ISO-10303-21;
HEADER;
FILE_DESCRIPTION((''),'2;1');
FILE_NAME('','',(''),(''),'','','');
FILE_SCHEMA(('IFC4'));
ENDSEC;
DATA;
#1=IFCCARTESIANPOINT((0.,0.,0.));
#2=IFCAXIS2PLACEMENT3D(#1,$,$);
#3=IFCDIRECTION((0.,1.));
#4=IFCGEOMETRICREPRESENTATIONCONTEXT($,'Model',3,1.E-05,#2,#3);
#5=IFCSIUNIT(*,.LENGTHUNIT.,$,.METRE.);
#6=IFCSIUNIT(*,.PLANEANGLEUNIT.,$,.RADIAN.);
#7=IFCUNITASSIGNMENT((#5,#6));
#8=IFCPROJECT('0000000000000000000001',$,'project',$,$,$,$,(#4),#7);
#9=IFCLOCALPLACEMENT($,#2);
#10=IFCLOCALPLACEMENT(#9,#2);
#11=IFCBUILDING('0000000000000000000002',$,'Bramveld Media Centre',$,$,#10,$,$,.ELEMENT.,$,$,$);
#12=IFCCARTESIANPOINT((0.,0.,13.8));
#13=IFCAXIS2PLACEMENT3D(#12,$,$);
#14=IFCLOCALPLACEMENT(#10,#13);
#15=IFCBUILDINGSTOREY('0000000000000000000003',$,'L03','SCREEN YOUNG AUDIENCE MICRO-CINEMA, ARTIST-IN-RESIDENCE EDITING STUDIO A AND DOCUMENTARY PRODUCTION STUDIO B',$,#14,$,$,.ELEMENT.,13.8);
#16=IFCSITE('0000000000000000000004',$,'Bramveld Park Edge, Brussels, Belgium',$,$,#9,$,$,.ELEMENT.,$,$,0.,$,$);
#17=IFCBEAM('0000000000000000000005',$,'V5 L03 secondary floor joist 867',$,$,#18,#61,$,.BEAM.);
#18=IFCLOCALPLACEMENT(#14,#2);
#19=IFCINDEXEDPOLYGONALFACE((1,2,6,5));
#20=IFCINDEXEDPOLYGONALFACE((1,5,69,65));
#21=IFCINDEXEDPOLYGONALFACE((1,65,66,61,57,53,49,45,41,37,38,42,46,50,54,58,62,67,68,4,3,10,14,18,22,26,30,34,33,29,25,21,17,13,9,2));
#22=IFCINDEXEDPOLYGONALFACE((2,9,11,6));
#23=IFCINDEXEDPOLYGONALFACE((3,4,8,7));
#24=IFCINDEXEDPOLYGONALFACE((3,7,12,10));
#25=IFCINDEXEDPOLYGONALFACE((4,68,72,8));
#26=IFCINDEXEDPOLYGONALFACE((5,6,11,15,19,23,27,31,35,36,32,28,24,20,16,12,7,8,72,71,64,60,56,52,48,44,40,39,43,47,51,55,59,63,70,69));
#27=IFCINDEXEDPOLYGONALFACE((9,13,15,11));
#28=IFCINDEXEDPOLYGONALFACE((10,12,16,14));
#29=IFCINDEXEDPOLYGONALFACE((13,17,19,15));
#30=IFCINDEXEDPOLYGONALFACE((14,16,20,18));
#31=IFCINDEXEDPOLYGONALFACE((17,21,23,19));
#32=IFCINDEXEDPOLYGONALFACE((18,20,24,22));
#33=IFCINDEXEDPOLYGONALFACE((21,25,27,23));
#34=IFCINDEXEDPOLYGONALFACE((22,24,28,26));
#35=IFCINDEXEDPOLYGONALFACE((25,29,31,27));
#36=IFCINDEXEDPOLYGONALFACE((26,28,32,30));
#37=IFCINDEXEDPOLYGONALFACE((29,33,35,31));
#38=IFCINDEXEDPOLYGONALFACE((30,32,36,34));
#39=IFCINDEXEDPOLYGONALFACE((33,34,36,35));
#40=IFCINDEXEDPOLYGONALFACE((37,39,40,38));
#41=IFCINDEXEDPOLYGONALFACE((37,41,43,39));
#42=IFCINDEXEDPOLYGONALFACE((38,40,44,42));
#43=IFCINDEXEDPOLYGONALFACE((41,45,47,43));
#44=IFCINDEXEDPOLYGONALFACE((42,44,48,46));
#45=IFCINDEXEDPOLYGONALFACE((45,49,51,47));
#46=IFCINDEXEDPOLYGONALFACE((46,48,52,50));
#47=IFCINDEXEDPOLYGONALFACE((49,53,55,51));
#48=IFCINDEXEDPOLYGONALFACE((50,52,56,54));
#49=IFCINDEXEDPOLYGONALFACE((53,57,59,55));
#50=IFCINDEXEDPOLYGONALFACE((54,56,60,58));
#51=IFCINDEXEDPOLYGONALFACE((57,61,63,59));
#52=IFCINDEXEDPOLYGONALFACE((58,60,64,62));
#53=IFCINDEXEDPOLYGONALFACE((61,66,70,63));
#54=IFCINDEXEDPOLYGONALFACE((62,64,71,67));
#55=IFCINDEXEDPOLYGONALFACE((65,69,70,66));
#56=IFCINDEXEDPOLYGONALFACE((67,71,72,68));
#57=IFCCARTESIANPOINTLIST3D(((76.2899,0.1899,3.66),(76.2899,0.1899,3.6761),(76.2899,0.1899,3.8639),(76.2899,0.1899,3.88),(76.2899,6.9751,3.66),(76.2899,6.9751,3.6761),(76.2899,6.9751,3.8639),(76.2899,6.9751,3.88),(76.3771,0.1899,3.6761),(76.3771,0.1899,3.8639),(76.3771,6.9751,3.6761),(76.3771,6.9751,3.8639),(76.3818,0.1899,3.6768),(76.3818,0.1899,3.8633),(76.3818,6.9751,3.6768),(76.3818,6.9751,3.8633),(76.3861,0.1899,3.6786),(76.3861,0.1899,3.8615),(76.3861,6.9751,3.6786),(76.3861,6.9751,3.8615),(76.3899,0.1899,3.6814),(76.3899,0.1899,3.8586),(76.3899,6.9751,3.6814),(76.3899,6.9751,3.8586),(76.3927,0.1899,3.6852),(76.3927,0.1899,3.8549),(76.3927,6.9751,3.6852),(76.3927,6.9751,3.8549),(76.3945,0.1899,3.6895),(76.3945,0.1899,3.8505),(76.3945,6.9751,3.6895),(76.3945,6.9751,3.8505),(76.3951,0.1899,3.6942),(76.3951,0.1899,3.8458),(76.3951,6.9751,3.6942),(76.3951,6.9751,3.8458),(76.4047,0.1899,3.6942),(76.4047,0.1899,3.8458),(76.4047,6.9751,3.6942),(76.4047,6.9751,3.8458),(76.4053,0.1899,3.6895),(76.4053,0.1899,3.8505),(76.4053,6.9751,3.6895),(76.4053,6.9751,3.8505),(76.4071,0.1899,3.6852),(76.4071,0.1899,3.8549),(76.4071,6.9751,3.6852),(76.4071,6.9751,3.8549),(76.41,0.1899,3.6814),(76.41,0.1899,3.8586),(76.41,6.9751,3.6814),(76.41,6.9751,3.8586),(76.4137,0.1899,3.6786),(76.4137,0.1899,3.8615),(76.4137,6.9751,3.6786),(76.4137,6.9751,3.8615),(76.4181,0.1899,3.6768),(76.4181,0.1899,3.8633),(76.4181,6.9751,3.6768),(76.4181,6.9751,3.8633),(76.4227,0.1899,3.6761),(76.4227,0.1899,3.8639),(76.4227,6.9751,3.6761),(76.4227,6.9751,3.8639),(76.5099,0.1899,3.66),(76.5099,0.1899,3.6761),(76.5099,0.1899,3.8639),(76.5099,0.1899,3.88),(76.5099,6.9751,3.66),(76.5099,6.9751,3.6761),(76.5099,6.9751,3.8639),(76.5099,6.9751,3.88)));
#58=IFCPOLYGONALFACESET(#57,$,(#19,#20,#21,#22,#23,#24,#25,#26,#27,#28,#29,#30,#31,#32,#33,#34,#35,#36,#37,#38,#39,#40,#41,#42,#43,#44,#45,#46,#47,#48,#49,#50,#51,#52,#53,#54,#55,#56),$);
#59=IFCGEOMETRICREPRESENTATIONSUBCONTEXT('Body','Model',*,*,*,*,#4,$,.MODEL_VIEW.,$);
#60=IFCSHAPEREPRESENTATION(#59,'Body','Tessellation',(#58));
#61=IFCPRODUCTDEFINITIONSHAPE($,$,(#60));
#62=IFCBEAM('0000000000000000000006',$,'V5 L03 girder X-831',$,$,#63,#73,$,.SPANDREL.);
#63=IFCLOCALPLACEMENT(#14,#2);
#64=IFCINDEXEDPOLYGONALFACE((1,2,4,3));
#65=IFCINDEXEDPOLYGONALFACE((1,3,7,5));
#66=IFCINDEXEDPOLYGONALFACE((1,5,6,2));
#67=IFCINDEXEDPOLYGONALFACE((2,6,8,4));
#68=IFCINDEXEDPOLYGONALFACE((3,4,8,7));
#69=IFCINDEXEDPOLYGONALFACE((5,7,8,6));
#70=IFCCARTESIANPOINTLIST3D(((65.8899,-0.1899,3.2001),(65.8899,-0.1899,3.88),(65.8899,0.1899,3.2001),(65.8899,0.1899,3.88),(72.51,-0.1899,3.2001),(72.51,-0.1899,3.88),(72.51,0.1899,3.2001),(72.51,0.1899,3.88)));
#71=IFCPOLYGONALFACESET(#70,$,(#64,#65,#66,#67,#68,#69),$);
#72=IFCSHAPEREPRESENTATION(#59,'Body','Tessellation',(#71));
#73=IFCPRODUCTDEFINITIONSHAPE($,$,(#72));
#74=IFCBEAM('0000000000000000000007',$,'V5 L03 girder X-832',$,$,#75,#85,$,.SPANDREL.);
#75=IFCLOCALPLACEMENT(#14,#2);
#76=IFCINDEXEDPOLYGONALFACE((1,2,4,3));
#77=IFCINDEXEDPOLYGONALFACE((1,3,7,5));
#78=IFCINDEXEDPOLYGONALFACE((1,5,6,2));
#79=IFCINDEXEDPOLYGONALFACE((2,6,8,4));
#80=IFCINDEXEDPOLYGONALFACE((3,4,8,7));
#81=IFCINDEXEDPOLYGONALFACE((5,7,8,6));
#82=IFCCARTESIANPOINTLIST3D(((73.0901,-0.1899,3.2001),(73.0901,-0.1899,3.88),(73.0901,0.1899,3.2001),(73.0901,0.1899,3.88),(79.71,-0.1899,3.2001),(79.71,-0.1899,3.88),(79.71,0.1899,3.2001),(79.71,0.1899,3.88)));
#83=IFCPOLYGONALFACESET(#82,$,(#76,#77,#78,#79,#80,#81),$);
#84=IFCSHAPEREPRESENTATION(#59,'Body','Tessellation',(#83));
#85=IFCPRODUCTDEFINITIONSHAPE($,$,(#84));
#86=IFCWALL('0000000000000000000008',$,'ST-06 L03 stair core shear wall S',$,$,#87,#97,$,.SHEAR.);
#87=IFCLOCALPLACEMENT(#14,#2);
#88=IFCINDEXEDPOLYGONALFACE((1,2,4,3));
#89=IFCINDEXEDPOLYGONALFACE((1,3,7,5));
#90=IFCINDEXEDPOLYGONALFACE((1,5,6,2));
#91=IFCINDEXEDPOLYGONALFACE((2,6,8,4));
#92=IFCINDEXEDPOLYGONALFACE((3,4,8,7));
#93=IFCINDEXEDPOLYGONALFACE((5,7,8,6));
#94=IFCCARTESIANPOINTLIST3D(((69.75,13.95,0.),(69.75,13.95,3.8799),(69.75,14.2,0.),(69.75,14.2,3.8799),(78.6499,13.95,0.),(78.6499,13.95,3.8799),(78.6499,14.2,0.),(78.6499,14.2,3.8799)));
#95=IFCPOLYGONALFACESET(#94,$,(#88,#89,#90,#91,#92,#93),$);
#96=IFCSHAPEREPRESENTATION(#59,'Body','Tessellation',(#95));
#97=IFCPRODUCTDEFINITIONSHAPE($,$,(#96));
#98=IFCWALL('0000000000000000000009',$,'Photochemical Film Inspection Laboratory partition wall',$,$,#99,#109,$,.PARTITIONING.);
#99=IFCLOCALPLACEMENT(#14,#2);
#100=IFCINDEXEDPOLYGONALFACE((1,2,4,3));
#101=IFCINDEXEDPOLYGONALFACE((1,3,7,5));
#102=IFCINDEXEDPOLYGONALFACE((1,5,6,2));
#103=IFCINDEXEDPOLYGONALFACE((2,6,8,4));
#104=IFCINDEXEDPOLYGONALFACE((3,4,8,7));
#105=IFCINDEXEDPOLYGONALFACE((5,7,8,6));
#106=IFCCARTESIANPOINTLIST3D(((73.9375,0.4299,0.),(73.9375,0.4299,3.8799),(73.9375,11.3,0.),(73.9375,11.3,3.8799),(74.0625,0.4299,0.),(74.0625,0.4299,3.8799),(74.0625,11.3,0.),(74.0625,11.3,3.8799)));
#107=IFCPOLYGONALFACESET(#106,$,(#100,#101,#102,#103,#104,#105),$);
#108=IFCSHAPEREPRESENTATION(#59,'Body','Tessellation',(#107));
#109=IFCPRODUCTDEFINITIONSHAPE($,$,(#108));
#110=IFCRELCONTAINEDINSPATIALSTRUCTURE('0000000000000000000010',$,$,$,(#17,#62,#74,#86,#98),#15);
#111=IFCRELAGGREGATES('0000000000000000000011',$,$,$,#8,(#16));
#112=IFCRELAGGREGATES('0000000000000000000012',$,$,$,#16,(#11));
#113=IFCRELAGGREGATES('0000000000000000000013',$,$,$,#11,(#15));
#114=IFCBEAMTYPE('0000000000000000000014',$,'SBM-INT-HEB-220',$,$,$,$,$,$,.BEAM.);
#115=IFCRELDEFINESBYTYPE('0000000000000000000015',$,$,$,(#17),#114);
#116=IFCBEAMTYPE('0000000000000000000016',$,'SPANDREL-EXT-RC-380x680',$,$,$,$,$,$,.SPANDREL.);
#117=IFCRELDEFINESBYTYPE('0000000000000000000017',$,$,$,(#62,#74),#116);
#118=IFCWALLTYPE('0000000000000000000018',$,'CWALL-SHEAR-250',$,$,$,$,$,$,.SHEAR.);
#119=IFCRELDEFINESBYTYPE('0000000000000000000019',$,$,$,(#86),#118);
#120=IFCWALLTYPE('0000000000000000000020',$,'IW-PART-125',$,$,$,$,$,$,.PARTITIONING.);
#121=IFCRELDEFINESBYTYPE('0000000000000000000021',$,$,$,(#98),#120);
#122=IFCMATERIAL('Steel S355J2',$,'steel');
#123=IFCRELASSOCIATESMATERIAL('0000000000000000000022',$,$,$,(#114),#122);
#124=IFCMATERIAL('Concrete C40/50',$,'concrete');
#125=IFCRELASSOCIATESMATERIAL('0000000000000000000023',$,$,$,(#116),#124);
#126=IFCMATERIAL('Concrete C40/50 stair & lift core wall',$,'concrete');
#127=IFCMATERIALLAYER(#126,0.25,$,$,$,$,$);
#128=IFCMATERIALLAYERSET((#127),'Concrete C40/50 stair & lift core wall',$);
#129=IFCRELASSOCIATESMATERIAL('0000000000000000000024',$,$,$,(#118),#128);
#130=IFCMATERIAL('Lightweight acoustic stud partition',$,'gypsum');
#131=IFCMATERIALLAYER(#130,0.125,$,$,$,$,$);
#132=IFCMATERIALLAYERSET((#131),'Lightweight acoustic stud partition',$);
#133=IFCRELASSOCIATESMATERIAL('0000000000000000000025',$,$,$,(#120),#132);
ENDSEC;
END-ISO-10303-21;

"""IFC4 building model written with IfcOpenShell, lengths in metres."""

from ifc_helpers import new_model, si_unit, direction, frame, frame_2d, origin, origin_2d, place, context, subcontext, project, spatial, rectangle, i_section, extrude, material, layer, layer_set, material_profile, profile_set, type_object, element, save


model = new_model("IFC4")

# Units and contexts
model_context = context("Model", 3, precision=1e-05, world=origin(), true_north=direction((0.0, 1.0)))
body_context = subcontext(model_context, "Body", "Model", "MODEL_VIEW")
ifc_project = project(units=[si_unit("LENGTHUNIT", "METRE"), si_unit("PLANEANGLEUNIT", "RADIAN")], contexts=[model_context])

# Site, building, storey
site_placement = place(None, origin())
site = spatial("IfcSite", under=ifc_project, at=site_placement, Name="Bramveld Park Edge, Brussels, Belgium", CompositionType="ELEMENT", RefElevation=0.0)
building_placement = place(site_placement, origin())
building = spatial("IfcBuilding", under=site, at=building_placement, Name="Bramveld Media Centre", CompositionType="ELEMENT")
storey_placement = place(building_placement, frame((0.0, 0.0, 13.8)))
storey = spatial("IfcBuildingStorey", under=building, at=storey_placement, Name="L03", Description="SCREEN YOUNG AUDIENCE MICRO-CINEMA, ARTIST-IN-RESIDENCE EDITING STUDIO A AND DOCUMENTARY PRODUCTION STUDIO B", CompositionType="ELEMENT", Elevation=13.8)

# Beams
ifc_material_1 = material(Name="Steel S355J2", Category="steel")
ifc_material_profile_1 = material_profile(ifc_material_1, i_section(OverallWidth=0.22, OverallDepth=0.22, WebThickness=0.0095, FlangeThickness=0.0161, FilletRadius=0.0181, at=origin_2d()), Name="HEB 220")
ifc_profile_set_1 = profile_set([ifc_material_profile_1], Name="Steel S355J2")
beam_type_1 = type_object("IfcBeamType", Name="SBM-INT-HEB-220", PredefinedType="BEAM", material=ifc_profile_set_1)
beam_1_placement = place(storey_placement, frame((76.3999, 0.1899, 3.77), z_axis=(0.0, 1.0, 0.0), x_axis=(-1.0, 0.0, 0.0)))
element("IfcBeam", 1, at=beam_1_placement, inside=storey, type_object=beam_type_1, Name="V5 L03 secondary floor joist 867", PredefinedType="BEAM", context=body_context, shape_type="SweptSolid", body=[
    extrude(i_section(OverallWidth=0.22, OverallDepth=0.22, WebThickness=0.0095, FlangeThickness=0.0161, FilletRadius=0.0181, at=origin_2d()), origin(), (0.0, 0.0, 1.0), 6.7852),
])
ifc_material_2 = material(Name="Concrete C40/50", Category="concrete")
ifc_material_profile_2 = material_profile(ifc_material_2, rectangle(XDim=0.3799, YDim=0.6799, at=origin_2d()), Name="RC 380x680")
ifc_profile_set_2 = profile_set([ifc_material_profile_2], Name="Concrete C40/50")
beam_type_2 = type_object("IfcBeamType", Name="SPANDREL-EXT-RC-380x680", PredefinedType="SPANDREL", material=ifc_profile_set_2)
beam_2_placement = place(storey_placement, frame((65.8899, 0.0, 3.54), z_axis=(1.0, 0.0, 0.0), x_axis=(0.0, 1.0, 0.0)))
element("IfcBeam", 2, at=beam_2_placement, inside=storey, type_object=beam_type_2, Name="V5 L03 girder X-831", PredefinedType="SPANDREL", context=body_context, shape_type="SweptSolid", body=[
    extrude(rectangle(XDim=0.3799, YDim=0.6799, at=origin_2d()), origin(), (0.0, 0.0, 1.0), 6.6201),
])
beam_3_placement = place(storey_placement, frame((73.0901, 0.0, 3.54), z_axis=(1.0, 0.0, 0.0), x_axis=(0.0, 1.0, 0.0)))
element("IfcBeam", 3, at=beam_3_placement, inside=storey, type_object=beam_type_2, Name="V5 L03 girder X-832", PredefinedType="SPANDREL", context=body_context, shape_type="SweptSolid", body=[
    extrude(rectangle(XDim=0.3799, YDim=0.6799, at=origin_2d()), origin(), (0.0, 0.0, 1.0), 6.6199),
])

# Walls
ifc_material_3 = material(Name="Concrete C40/50 stair & lift core wall", Category="concrete")
ifc_layer_1 = layer(ifc_material_3, 0.25)
ifc_layer_set_1 = layer_set([ifc_layer_1], Name="Concrete C40/50 stair & lift core wall")
wall_type_1 = type_object("IfcWallType", Name="CWALL-SHEAR-250", PredefinedType="SHEAR", material=ifc_layer_set_1)
wall_1_placement = place(storey_placement, frame((69.75, 14.075, 0.0), z_axis=(0.0, 0.0, 1.0), x_axis=(1.0, 0.0, 0.0)))
element("IfcWall", 4, at=wall_1_placement, inside=storey, type_object=wall_type_1, Name="ST-06 L03 stair core shear wall S", PredefinedType="SHEAR", context=body_context, shape_type="SweptSolid", body=[
    extrude(rectangle(XDim=8.8999, YDim=0.25, at=frame_2d((4.45, 0.0))), origin(), (0.0, 0.0, 1.0), 3.8799),
])
ifc_material_4 = material(Name="Lightweight acoustic stud partition", Category="gypsum")
ifc_layer_2 = layer(ifc_material_4, 0.125)
ifc_layer_set_2 = layer_set([ifc_layer_2], Name="Lightweight acoustic stud partition")
wall_type_2 = type_object("IfcWallType", Name="IW-PART-125", PredefinedType="PARTITIONING", material=ifc_layer_set_2)
wall_2_placement = place(storey_placement, frame((74.0, 0.4299, 0.0), z_axis=(0.0, 0.0, 1.0), x_axis=(0.0, 1.0, 0.0)))
element("IfcWall", 5, at=wall_2_placement, inside=storey, type_object=wall_type_2, Name="Photochemical Film Inspection Laboratory partition wall", PredefinedType="PARTITIONING", context=body_context, shape_type="SweptSolid", body=[
    extrude(rectangle(XDim=10.8701, YDim=0.125, at=frame_2d((5.4351, 0.0))), origin(), (0.0, 0.0, 1.0), 3.8799),
])

save(model, "model.ifc")
